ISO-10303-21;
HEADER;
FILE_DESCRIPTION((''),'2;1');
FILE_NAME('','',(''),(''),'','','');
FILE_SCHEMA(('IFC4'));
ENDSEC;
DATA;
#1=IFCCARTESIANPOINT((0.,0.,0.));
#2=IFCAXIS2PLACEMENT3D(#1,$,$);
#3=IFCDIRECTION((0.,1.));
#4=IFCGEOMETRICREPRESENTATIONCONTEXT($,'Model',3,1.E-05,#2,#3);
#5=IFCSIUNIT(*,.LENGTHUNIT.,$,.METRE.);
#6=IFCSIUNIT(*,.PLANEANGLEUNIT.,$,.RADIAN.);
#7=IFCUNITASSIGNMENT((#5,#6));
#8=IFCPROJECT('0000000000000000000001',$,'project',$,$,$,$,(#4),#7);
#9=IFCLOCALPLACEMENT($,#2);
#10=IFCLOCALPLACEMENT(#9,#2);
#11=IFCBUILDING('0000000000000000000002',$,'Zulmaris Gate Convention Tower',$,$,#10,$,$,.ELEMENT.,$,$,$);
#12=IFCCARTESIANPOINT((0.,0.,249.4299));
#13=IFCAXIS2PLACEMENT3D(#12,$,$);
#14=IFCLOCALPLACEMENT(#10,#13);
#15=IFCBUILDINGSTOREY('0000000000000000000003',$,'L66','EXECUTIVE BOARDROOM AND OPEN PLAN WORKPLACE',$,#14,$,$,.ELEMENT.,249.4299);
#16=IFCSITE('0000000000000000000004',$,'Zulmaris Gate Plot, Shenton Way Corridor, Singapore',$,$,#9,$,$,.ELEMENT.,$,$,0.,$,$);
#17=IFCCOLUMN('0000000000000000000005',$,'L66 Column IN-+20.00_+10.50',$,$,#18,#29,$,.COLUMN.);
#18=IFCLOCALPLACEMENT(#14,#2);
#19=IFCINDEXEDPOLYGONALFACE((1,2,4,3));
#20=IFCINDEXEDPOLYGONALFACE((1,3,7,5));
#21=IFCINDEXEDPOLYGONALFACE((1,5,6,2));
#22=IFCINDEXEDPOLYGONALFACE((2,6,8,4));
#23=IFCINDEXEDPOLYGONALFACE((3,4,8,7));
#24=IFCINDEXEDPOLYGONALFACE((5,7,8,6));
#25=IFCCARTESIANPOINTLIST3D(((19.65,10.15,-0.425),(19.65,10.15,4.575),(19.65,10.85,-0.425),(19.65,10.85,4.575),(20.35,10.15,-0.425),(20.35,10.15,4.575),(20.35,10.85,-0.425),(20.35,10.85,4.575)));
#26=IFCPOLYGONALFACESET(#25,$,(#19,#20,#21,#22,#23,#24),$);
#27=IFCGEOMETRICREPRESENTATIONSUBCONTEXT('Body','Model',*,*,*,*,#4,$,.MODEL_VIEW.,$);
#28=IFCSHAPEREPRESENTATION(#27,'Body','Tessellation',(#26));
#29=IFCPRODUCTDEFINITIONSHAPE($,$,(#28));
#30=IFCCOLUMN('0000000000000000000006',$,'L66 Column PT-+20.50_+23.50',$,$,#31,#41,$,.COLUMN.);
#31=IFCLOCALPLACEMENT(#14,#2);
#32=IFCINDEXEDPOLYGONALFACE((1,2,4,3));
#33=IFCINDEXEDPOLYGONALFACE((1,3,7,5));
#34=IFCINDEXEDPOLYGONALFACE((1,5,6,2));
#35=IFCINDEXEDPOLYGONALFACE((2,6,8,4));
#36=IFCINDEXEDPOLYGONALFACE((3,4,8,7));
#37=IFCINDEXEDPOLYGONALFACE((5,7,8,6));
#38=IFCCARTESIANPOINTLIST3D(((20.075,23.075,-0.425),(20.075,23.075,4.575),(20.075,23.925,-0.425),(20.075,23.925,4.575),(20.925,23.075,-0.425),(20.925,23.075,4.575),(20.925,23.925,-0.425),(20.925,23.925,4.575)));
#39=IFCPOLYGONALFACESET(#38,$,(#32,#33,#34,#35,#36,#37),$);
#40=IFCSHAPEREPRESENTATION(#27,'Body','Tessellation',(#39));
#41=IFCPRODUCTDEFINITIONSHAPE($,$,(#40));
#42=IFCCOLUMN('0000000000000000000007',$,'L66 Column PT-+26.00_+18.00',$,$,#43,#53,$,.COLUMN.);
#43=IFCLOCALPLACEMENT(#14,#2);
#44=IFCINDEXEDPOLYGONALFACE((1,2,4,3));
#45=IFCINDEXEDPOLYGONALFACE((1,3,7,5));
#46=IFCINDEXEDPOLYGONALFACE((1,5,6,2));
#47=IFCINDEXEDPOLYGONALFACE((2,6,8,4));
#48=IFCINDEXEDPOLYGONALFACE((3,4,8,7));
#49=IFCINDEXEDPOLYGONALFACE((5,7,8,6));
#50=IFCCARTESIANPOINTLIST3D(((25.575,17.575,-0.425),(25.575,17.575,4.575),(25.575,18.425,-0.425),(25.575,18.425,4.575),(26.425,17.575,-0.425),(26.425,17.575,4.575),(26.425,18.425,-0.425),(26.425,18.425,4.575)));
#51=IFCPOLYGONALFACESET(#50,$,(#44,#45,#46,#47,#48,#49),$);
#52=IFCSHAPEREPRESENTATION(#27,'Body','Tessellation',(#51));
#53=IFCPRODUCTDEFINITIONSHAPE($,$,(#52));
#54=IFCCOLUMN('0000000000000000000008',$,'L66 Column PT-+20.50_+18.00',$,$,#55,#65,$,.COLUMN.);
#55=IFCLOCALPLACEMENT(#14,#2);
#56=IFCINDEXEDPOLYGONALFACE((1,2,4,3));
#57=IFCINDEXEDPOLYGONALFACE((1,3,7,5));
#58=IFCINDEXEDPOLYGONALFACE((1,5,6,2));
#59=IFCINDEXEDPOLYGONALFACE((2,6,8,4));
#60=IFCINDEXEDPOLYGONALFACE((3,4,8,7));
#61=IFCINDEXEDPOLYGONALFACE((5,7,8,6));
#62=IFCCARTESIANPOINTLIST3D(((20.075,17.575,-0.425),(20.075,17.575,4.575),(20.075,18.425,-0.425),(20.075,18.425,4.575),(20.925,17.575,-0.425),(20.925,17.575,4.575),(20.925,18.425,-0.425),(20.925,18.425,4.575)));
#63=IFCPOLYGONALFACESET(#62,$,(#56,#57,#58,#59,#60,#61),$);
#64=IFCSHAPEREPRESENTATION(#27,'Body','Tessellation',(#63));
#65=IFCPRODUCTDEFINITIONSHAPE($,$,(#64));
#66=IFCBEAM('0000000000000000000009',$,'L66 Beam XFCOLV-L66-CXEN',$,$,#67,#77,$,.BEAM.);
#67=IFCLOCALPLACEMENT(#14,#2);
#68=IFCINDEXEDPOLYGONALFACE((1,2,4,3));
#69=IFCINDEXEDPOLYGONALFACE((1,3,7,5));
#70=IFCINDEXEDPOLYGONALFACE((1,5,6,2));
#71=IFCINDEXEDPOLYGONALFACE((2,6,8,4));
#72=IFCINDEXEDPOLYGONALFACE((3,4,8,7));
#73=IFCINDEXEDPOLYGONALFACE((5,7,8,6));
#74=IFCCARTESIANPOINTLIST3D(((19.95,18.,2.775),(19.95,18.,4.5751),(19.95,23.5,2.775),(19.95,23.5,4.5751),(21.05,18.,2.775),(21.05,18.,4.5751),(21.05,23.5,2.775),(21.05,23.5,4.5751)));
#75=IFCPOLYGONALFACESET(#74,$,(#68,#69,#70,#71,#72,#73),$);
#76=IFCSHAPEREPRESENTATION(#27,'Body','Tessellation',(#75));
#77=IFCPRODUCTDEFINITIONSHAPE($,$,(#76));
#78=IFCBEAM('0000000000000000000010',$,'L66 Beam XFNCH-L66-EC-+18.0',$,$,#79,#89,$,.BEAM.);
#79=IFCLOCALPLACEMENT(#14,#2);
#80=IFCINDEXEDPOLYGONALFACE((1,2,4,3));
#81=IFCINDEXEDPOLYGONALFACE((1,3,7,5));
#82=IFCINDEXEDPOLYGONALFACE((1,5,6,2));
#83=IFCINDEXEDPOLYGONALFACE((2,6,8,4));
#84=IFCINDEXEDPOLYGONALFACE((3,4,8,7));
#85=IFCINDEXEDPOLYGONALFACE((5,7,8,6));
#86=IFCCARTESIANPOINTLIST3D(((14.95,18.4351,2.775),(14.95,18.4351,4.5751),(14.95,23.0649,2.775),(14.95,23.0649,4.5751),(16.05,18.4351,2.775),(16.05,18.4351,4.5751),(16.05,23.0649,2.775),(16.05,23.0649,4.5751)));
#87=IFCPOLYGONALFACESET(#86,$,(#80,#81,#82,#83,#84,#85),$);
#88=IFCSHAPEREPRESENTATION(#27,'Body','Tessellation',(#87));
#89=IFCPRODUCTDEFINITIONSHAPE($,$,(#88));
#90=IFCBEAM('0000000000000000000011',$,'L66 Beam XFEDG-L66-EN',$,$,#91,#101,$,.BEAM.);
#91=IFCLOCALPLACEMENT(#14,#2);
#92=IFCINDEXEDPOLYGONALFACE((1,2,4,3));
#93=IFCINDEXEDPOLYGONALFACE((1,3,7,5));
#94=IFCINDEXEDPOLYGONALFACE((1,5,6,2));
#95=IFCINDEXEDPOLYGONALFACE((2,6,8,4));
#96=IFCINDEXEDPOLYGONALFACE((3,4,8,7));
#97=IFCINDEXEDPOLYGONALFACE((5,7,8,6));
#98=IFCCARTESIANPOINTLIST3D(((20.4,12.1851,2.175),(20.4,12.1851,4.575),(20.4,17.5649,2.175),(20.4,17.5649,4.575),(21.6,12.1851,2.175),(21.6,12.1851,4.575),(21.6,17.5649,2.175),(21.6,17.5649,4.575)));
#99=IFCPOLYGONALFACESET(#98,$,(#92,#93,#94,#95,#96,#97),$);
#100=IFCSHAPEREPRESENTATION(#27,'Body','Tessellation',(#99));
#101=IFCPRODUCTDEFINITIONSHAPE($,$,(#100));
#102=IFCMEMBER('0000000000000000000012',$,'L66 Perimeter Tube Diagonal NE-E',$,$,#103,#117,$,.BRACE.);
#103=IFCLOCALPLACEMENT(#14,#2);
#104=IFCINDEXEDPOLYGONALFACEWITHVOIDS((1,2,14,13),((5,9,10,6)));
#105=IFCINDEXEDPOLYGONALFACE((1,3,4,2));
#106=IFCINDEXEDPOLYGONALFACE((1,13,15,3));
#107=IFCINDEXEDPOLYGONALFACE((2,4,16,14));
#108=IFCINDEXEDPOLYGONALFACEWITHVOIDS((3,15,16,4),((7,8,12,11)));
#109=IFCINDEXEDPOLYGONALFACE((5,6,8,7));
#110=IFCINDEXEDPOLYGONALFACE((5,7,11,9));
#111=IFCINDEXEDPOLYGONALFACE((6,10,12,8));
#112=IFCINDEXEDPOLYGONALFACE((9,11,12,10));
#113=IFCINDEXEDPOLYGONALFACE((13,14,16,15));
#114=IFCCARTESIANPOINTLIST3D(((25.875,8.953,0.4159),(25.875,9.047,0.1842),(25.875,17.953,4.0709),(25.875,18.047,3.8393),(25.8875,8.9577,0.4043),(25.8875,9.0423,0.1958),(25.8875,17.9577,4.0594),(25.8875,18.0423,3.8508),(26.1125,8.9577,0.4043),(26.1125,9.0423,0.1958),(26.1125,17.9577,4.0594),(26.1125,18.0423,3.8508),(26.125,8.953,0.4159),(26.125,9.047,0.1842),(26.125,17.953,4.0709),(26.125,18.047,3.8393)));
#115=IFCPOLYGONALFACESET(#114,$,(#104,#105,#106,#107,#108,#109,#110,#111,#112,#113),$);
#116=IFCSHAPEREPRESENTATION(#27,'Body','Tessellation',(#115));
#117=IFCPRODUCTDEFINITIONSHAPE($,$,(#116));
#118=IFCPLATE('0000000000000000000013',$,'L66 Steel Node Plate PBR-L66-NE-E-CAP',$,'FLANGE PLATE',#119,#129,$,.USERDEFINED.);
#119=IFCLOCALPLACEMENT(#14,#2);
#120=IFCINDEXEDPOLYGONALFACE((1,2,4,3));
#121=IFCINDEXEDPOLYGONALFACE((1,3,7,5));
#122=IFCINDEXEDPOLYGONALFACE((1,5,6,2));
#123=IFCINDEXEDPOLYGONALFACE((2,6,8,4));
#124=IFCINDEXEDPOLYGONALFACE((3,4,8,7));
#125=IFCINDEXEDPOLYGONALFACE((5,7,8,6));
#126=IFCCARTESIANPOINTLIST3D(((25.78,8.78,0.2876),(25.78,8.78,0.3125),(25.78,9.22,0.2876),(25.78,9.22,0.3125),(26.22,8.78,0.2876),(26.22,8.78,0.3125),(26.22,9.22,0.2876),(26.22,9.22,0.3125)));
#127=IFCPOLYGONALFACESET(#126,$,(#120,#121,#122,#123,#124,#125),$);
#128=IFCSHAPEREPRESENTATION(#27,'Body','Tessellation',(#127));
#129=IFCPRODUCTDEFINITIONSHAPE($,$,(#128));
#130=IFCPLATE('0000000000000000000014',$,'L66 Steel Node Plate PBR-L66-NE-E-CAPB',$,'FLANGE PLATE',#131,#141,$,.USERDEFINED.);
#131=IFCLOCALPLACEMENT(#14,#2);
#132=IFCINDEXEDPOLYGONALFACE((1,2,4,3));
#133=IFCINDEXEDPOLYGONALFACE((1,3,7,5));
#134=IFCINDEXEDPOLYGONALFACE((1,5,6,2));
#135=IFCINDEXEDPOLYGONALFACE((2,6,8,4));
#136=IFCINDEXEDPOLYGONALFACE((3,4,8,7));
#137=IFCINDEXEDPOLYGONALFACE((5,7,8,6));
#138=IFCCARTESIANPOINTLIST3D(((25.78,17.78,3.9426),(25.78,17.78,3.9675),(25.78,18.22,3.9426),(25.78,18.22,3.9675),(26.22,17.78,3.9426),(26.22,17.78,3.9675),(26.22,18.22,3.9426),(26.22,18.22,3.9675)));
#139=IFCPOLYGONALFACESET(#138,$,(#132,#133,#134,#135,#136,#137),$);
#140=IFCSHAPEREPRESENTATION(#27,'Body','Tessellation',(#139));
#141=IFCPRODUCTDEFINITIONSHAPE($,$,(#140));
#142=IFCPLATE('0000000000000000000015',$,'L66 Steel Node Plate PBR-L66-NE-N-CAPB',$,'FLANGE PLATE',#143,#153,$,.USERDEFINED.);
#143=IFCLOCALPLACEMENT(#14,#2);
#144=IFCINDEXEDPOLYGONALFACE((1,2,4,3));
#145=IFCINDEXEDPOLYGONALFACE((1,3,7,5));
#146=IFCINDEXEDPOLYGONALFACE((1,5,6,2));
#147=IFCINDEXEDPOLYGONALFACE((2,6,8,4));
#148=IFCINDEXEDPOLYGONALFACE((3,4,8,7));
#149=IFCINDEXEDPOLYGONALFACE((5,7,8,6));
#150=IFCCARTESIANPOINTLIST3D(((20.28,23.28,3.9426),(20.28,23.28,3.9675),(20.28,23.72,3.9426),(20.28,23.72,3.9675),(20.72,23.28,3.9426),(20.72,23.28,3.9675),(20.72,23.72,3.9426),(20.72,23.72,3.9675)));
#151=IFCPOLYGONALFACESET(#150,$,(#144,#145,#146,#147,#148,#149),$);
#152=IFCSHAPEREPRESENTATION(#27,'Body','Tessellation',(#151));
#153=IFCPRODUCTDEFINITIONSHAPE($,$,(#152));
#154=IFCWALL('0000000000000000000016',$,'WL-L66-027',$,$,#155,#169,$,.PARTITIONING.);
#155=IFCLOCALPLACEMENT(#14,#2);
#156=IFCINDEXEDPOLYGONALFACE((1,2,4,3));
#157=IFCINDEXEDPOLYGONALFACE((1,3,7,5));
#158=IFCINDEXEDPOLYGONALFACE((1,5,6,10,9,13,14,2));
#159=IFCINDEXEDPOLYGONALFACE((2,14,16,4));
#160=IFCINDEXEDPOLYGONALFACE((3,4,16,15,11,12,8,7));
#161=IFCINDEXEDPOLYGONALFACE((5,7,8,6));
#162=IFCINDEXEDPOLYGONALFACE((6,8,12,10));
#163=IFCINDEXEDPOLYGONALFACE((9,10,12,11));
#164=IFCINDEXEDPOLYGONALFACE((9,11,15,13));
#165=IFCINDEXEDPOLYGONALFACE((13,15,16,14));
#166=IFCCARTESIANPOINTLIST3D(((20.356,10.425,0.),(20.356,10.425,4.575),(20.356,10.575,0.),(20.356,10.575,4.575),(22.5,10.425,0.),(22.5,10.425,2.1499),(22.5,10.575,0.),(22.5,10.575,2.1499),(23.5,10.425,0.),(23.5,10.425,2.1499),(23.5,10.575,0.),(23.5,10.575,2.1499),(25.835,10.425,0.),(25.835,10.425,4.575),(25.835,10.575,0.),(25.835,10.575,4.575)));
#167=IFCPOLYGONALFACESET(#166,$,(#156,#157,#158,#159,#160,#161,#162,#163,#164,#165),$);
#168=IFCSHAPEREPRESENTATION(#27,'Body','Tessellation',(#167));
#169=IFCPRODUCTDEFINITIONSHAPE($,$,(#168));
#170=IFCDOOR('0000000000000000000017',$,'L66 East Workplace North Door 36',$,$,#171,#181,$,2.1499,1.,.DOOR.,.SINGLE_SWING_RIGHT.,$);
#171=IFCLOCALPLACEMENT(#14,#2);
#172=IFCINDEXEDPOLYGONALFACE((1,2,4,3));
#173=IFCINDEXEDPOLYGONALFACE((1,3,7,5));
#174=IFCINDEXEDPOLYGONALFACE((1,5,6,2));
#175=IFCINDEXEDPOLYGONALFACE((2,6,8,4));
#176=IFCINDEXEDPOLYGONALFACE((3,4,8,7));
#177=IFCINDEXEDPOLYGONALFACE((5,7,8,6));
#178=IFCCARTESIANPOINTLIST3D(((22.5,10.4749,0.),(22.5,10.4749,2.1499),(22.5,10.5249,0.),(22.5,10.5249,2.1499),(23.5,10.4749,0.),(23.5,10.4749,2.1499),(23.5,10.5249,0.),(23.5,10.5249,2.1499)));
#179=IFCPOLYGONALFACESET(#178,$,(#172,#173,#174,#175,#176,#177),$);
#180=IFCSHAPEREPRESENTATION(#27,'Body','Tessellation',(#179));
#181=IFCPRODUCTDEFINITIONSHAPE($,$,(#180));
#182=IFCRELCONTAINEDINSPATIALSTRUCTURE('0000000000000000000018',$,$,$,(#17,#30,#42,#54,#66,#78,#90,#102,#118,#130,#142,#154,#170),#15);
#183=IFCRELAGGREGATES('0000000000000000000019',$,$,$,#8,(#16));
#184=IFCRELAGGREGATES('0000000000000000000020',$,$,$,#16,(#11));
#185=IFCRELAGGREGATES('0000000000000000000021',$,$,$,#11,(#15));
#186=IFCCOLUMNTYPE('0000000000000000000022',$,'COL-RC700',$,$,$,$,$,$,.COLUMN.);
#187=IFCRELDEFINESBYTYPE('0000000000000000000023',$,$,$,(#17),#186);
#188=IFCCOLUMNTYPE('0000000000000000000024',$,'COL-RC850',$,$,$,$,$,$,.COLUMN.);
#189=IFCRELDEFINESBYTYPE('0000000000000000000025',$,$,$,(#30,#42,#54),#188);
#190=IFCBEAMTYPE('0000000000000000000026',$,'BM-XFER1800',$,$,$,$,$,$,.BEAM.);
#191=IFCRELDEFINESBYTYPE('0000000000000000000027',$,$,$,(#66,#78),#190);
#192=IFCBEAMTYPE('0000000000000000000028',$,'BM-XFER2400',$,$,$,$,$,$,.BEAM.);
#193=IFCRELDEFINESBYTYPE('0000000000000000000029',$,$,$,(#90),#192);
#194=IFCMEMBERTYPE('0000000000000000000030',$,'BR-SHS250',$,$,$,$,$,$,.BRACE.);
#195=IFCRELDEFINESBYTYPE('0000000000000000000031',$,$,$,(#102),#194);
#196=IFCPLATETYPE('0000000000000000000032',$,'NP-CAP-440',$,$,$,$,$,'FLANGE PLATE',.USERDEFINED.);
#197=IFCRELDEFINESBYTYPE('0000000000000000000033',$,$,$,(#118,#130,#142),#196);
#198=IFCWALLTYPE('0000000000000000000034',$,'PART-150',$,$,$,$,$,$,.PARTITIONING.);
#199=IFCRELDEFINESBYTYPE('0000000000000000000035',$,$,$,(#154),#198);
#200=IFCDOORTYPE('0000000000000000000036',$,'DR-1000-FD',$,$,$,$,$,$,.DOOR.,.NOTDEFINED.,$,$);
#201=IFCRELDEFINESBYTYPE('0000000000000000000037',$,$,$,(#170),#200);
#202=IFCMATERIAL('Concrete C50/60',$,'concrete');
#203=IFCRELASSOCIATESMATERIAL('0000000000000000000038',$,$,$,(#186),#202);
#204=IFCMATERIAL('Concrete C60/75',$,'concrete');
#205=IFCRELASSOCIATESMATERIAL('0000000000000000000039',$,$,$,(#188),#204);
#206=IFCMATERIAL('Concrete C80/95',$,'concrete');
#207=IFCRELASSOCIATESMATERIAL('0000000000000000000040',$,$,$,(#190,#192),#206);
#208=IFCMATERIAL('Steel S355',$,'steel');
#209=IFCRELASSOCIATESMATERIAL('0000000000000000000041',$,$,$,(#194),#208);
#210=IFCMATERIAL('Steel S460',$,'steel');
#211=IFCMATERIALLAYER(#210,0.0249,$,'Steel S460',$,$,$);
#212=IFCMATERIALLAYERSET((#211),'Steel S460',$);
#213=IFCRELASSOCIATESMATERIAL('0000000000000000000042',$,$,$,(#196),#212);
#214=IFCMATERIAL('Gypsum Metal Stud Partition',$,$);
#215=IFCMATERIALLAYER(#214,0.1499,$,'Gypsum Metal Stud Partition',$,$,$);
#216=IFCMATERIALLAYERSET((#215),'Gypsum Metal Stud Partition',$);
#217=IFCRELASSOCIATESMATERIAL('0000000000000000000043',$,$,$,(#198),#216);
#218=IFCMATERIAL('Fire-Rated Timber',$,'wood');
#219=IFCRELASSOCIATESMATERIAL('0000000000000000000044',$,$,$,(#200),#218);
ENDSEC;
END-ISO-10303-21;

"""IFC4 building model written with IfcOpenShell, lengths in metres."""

from ifc_helpers import new_model, si_unit, direction, frame, frame_2d, origin, origin_2d, place, context, subcontext, project, spatial, rectangle, hollow_rectangle, extrude, material, layer, layer_set, material_profile, profile_set, type_object, element, fill, save


model = new_model("IFC4")

# Units and contexts
model_context = context("Model", 3, precision=1e-05, world=origin(), true_north=direction((0.0, 1.0)))
body_context = subcontext(model_context, "Body", "Model", "MODEL_VIEW")
ifc_project = project(units=[si_unit("LENGTHUNIT", "METRE"), si_unit("PLANEANGLEUNIT", "RADIAN")], contexts=[model_context])

# Site, building, storey
site_placement = place(None, origin())
site = spatial("IfcSite", under=ifc_project, at=site_placement, Name="Zulmaris Gate Plot, Shenton Way Corridor, Singapore", CompositionType="ELEMENT", RefElevation=0.0)
building_placement = place(site_placement, origin())
building = spatial("IfcBuilding", under=site, at=building_placement, Name="Zulmaris Gate Convention Tower", CompositionType="ELEMENT")
storey_placement = place(building_placement, frame((0.0, 0.0, 249.4299)))
storey = spatial("IfcBuildingStorey", under=building, at=storey_placement, Name="L66", Description="EXECUTIVE BOARDROOM AND OPEN PLAN WORKPLACE", CompositionType="ELEMENT", Elevation=249.4299)

# Columns
ifc_material_1 = material(Name="Concrete C50/60", Category="concrete")
ifc_material_profile_1 = material_profile(ifc_material_1, rectangle(XDim=0.7, YDim=0.7, at=origin_2d()), Name="RC COL 700x700")
ifc_profile_set_1 = profile_set([ifc_material_profile_1], Name="Concrete C50/60")
column_type_1 = type_object("IfcColumnType", Name="COL-RC700", PredefinedType="COLUMN", material=ifc_profile_set_1)
column_placement = place(storey_placement, frame((20.0, 10.5, -0.425), z_axis=(0.0, 0.0, 1.0), x_axis=(1.0, 0.0, 0.0)))
element("IfcColumn", 1, at=column_placement, inside=storey, type_object=column_type_1, Name="L66 Column IN-+20.00_+10.50", PredefinedType="COLUMN", context=body_context, shape_type="SweptSolid", body=[
    extrude(rectangle(XDim=0.7, YDim=0.7, at=origin_2d()), origin(), (0.0, 0.0, 1.0), 5.0),
])
ifc_material_2 = material(Name="Concrete C60/75", Category="concrete")
ifc_material_profile_2 = material_profile(ifc_material_2, rectangle(XDim=0.8501, YDim=0.8501, at=origin_2d()), Name="RC COL 850x850")
ifc_profile_set_2 = profile_set([ifc_material_profile_2], Name="Concrete C60/75")
column_type_2 = type_object("IfcColumnType", Name="COL-RC850", PredefinedType="COLUMN", material=ifc_profile_set_2)
for number, where, z_axis, x_axis, name in (
    (2, (20.5, 23.5, -0.425), (0.0, 0.0, 1.0), (1.0, 0.0, 0.0), "L66 Column PT-+20.50_+23.50"),
    (3, (26.0, 18.0, -0.425), (0.0, 0.0, 1.0), (1.0, 0.0, 0.0), "L66 Column PT-+26.00_+18.00"),
    (4, (20.5, 18.0, -0.425), (0.0, 0.0, 1.0), (1.0, 0.0, 0.0), "L66 Column PT-+20.50_+18.00"),
):
    element("IfcColumn", number, at=place(storey_placement, frame(where, z_axis=z_axis, x_axis=x_axis)), inside=storey, type_object=column_type_2, Name=name, PredefinedType="COLUMN", context=body_context, shape_type="SweptSolid", body=[
        extrude(rectangle(XDim=0.8501, YDim=0.8501, at=origin_2d()), origin(), (0.0, 0.0, 1.0), 5.0),
    ])

# Beams
ifc_material_3 = material(Name="Concrete C80/95", Category="concrete")
ifc_material_profile_3 = material_profile(ifc_material_3, rectangle(XDim=1.1001, YDim=1.8, at=origin_2d()), Name="RC TRANSFER 1100x1800")
ifc_profile_set_3 = profile_set([ifc_material_profile_3], Name="Concrete C80/95")
beam_type_1 = type_object("IfcBeamType", Name="BM-XFER1800", PredefinedType="BEAM", material=ifc_profile_set_3)
beam_1_placement = place(storey_placement, frame((20.5, 18.0, 3.675), z_axis=(0.0, 1.0, 0.0), x_axis=(-1.0, 0.0, 0.0)))
element("IfcBeam", 5, at=beam_1_placement, inside=storey, type_object=beam_type_1, Name="L66 Beam XFCOLV-L66-CXEN", PredefinedType="BEAM", context=body_context, shape_type="SweptSolid", body=[
    extrude(rectangle(XDim=1.1001, YDim=1.8, at=origin_2d()), origin(), (0.0, 0.0, 1.0), 5.5),
])
beam_2_placement = place(storey_placement, frame((15.5, 18.4351, 3.675), z_axis=(0.0, 1.0, 0.0), x_axis=(-1.0, 0.0, 0.0)))
element("IfcBeam", 6, at=beam_2_placement, inside=storey, type_object=beam_type_1, Name="L66 Beam XFNCH-L66-EC-+18.0", PredefinedType="BEAM", context=body_context, shape_type="SweptSolid", body=[
    extrude(rectangle(XDim=1.1001, YDim=1.8, at=origin_2d()), origin(), (0.0, 0.0, 1.0), 4.6299),
])
ifc_material_profile_4 = material_profile(ifc_material_3, rectangle(XDim=1.2, YDim=2.3999, at=origin_2d()), Name="RC TRANSFER 1200x2400")
ifc_profile_set_4 = profile_set([ifc_material_profile_4], Name="Concrete C80/95")
beam_type_2 = type_object("IfcBeamType", Name="BM-XFER2400", PredefinedType="BEAM", material=ifc_profile_set_4)
beam_3_placement = place(storey_placement, frame((21.0, 12.1851, 3.375), z_axis=(0.0, 1.0, 0.0), x_axis=(-1.0, 0.0, 0.0)))
element("IfcBeam", 7, at=beam_3_placement, inside=storey, type_object=beam_type_2, Name="L66 Beam XFEDG-L66-EN", PredefinedType="BEAM", context=body_context, shape_type="SweptSolid", body=[
    extrude(rectangle(XDim=1.2, YDim=2.3999, at=origin_2d()), origin(), (0.0, 0.0, 1.0), 5.3799),
])

# Member
ifc_material_4 = material(Name="Steel S355", Category="steel")
ifc_material_profile_5 = material_profile(ifc_material_4, hollow_rectangle(XDim=0.25, YDim=0.25, WallThickness=0.0125, at=origin_2d()), Name="SHS 250x250x12.5")
ifc_profile_set_5 = profile_set([ifc_material_profile_5], Name="Steel S355")
member_type = type_object("IfcMemberType", Name="BR-SHS250", PredefinedType="BRACE", material=ifc_profile_set_5)
member_placement = place(storey_placement, frame((26.0, 9.0, 0.3), z_axis=(0.0, 0.92651, 0.376269), x_axis=(-1.0, 0.0, 0.0)))
element("IfcMember", 8, at=member_placement, inside=storey, type_object=member_type, Name="L66 Perimeter Tube Diagonal NE-E", PredefinedType="BRACE", context=body_context, shape_type="SweptSolid", body=[
    extrude(hollow_rectangle(XDim=0.25, YDim=0.25, WallThickness=0.0125, at=origin_2d()), origin(), (0.0, 0.0, 1.0), 9.7139),
])

# Plates
ifc_material_5 = material(Name="Steel S460", Category="steel")
ifc_layer_1 = layer(ifc_material_5, 0.0249, Name="Steel S460")
ifc_layer_set_1 = layer_set([ifc_layer_1], Name="Steel S460")
plate_type = type_object("IfcPlateType", Name="NP-CAP-440", ElementType="FLANGE PLATE", PredefinedType="USERDEFINED", material=ifc_layer_set_1)
for number, where, z_axis, x_axis, name in (
    (9, (26.0, 9.0, 0.2876), (0.0, 0.0, 1.0), (1.0, 0.0, 0.0), "L66 Steel Node Plate PBR-L66-NE-E-CAP"),
    (10, (26.0, 18.0, 3.9426), (0.0, 0.0, 1.0), (1.0, 0.0, 0.0), "L66 Steel Node Plate PBR-L66-NE-E-CAPB"),
    (11, (20.5, 23.5, 3.9426), (0.0, 0.0, 1.0), (1.0, 0.0, 0.0), "L66 Steel Node Plate PBR-L66-NE-N-CAPB"),
):
    element("IfcPlate", number, at=place(storey_placement, frame(where, z_axis=z_axis, x_axis=x_axis)), inside=storey, type_object=plate_type, Name=name, ObjectType="FLANGE PLATE", PredefinedType="USERDEFINED", context=body_context, shape_type="SweptSolid", body=[
        extrude(rectangle(XDim=0.4399, YDim=0.4399, at=origin_2d()), origin(), (0.0, 0.0, 1.0), 0.0249),
    ])

# Wall, opening, door
ifc_material_6 = material(Name="Gypsum Metal Stud Partition")
ifc_layer_2 = layer(ifc_material_6, 0.1499, Name="Gypsum Metal Stud Partition")
ifc_layer_set_2 = layer_set([ifc_layer_2], Name="Gypsum Metal Stud Partition")
wall_type_1 = type_object("IfcWallType", Name="PART-150", PredefinedType="PARTITIONING", material=ifc_layer_set_2)
wall_1_placement = place(storey_placement, frame((20.356, 10.5, 0.0), z_axis=(0.0, 0.0, 1.0), x_axis=(1.0, 0.0, 0.0)))
wall_1 = element("IfcWall", 12, at=wall_1_placement, inside=storey, type_object=wall_type_1, Name="WL-L66-027", PredefinedType="PARTITIONING", context=body_context, shape_type="SweptSolid", body=[
    extrude(rectangle(XDim=5.479, YDim=0.1499, at=frame_2d((2.7395, 0.0))), origin(), (0.0, 0.0, 1.0), 4.575),
])
opening_1_placement = place(wall_1_placement, frame((2.144, 0.0, 0.0)))
opening_1 = element("IfcOpeningElement", 13, at=opening_1_placement, cuts=wall_1, PredefinedType="OPENING", context=body_context, shape_type="SweptSolid", body=[
    extrude(rectangle(XDim=1.0, YDim=2.1499, at=frame_2d((0.5, 1.075))), frame((0.0, 0.085, 0.0), z_axis=(0.0, -1.0, 0.0), x_axis=(1.0, 0.0, 0.0)), (0.0, 0.0, 1.0), 0.1699),
])
ifc_material_7 = material(Name="Fire-Rated Timber", Category="wood")
door_type_1 = type_object("IfcDoorType", Name="DR-1000-FD", OperationType="NOTDEFINED", PredefinedType="DOOR", material=ifc_material_7)
door_1_placement = place(opening_1_placement, origin())
door_1 = element("IfcDoor", 14, at=door_1_placement, inside=storey, type_object=door_type_1, Name="L66 East Workplace North Door 36", OperationType="SINGLE_SWING_RIGHT", OverallHeight=2.1499, OverallWidth=1.0, PredefinedType="DOOR", context=body_context, shape_type="SweptSolid", body=[
    extrude(rectangle(XDim=1.0, YDim=2.1499, at=frame_2d((0.5, 1.075))), frame((0.0, 0.0249, 0.0), z_axis=(0.0, -1.0, 0.0), x_axis=(1.0, 0.0, 0.0)), (0.0, 0.0, 1.0), 0.05),
])
fill(opening_1, door_1)

save(model, "model.ifc")
